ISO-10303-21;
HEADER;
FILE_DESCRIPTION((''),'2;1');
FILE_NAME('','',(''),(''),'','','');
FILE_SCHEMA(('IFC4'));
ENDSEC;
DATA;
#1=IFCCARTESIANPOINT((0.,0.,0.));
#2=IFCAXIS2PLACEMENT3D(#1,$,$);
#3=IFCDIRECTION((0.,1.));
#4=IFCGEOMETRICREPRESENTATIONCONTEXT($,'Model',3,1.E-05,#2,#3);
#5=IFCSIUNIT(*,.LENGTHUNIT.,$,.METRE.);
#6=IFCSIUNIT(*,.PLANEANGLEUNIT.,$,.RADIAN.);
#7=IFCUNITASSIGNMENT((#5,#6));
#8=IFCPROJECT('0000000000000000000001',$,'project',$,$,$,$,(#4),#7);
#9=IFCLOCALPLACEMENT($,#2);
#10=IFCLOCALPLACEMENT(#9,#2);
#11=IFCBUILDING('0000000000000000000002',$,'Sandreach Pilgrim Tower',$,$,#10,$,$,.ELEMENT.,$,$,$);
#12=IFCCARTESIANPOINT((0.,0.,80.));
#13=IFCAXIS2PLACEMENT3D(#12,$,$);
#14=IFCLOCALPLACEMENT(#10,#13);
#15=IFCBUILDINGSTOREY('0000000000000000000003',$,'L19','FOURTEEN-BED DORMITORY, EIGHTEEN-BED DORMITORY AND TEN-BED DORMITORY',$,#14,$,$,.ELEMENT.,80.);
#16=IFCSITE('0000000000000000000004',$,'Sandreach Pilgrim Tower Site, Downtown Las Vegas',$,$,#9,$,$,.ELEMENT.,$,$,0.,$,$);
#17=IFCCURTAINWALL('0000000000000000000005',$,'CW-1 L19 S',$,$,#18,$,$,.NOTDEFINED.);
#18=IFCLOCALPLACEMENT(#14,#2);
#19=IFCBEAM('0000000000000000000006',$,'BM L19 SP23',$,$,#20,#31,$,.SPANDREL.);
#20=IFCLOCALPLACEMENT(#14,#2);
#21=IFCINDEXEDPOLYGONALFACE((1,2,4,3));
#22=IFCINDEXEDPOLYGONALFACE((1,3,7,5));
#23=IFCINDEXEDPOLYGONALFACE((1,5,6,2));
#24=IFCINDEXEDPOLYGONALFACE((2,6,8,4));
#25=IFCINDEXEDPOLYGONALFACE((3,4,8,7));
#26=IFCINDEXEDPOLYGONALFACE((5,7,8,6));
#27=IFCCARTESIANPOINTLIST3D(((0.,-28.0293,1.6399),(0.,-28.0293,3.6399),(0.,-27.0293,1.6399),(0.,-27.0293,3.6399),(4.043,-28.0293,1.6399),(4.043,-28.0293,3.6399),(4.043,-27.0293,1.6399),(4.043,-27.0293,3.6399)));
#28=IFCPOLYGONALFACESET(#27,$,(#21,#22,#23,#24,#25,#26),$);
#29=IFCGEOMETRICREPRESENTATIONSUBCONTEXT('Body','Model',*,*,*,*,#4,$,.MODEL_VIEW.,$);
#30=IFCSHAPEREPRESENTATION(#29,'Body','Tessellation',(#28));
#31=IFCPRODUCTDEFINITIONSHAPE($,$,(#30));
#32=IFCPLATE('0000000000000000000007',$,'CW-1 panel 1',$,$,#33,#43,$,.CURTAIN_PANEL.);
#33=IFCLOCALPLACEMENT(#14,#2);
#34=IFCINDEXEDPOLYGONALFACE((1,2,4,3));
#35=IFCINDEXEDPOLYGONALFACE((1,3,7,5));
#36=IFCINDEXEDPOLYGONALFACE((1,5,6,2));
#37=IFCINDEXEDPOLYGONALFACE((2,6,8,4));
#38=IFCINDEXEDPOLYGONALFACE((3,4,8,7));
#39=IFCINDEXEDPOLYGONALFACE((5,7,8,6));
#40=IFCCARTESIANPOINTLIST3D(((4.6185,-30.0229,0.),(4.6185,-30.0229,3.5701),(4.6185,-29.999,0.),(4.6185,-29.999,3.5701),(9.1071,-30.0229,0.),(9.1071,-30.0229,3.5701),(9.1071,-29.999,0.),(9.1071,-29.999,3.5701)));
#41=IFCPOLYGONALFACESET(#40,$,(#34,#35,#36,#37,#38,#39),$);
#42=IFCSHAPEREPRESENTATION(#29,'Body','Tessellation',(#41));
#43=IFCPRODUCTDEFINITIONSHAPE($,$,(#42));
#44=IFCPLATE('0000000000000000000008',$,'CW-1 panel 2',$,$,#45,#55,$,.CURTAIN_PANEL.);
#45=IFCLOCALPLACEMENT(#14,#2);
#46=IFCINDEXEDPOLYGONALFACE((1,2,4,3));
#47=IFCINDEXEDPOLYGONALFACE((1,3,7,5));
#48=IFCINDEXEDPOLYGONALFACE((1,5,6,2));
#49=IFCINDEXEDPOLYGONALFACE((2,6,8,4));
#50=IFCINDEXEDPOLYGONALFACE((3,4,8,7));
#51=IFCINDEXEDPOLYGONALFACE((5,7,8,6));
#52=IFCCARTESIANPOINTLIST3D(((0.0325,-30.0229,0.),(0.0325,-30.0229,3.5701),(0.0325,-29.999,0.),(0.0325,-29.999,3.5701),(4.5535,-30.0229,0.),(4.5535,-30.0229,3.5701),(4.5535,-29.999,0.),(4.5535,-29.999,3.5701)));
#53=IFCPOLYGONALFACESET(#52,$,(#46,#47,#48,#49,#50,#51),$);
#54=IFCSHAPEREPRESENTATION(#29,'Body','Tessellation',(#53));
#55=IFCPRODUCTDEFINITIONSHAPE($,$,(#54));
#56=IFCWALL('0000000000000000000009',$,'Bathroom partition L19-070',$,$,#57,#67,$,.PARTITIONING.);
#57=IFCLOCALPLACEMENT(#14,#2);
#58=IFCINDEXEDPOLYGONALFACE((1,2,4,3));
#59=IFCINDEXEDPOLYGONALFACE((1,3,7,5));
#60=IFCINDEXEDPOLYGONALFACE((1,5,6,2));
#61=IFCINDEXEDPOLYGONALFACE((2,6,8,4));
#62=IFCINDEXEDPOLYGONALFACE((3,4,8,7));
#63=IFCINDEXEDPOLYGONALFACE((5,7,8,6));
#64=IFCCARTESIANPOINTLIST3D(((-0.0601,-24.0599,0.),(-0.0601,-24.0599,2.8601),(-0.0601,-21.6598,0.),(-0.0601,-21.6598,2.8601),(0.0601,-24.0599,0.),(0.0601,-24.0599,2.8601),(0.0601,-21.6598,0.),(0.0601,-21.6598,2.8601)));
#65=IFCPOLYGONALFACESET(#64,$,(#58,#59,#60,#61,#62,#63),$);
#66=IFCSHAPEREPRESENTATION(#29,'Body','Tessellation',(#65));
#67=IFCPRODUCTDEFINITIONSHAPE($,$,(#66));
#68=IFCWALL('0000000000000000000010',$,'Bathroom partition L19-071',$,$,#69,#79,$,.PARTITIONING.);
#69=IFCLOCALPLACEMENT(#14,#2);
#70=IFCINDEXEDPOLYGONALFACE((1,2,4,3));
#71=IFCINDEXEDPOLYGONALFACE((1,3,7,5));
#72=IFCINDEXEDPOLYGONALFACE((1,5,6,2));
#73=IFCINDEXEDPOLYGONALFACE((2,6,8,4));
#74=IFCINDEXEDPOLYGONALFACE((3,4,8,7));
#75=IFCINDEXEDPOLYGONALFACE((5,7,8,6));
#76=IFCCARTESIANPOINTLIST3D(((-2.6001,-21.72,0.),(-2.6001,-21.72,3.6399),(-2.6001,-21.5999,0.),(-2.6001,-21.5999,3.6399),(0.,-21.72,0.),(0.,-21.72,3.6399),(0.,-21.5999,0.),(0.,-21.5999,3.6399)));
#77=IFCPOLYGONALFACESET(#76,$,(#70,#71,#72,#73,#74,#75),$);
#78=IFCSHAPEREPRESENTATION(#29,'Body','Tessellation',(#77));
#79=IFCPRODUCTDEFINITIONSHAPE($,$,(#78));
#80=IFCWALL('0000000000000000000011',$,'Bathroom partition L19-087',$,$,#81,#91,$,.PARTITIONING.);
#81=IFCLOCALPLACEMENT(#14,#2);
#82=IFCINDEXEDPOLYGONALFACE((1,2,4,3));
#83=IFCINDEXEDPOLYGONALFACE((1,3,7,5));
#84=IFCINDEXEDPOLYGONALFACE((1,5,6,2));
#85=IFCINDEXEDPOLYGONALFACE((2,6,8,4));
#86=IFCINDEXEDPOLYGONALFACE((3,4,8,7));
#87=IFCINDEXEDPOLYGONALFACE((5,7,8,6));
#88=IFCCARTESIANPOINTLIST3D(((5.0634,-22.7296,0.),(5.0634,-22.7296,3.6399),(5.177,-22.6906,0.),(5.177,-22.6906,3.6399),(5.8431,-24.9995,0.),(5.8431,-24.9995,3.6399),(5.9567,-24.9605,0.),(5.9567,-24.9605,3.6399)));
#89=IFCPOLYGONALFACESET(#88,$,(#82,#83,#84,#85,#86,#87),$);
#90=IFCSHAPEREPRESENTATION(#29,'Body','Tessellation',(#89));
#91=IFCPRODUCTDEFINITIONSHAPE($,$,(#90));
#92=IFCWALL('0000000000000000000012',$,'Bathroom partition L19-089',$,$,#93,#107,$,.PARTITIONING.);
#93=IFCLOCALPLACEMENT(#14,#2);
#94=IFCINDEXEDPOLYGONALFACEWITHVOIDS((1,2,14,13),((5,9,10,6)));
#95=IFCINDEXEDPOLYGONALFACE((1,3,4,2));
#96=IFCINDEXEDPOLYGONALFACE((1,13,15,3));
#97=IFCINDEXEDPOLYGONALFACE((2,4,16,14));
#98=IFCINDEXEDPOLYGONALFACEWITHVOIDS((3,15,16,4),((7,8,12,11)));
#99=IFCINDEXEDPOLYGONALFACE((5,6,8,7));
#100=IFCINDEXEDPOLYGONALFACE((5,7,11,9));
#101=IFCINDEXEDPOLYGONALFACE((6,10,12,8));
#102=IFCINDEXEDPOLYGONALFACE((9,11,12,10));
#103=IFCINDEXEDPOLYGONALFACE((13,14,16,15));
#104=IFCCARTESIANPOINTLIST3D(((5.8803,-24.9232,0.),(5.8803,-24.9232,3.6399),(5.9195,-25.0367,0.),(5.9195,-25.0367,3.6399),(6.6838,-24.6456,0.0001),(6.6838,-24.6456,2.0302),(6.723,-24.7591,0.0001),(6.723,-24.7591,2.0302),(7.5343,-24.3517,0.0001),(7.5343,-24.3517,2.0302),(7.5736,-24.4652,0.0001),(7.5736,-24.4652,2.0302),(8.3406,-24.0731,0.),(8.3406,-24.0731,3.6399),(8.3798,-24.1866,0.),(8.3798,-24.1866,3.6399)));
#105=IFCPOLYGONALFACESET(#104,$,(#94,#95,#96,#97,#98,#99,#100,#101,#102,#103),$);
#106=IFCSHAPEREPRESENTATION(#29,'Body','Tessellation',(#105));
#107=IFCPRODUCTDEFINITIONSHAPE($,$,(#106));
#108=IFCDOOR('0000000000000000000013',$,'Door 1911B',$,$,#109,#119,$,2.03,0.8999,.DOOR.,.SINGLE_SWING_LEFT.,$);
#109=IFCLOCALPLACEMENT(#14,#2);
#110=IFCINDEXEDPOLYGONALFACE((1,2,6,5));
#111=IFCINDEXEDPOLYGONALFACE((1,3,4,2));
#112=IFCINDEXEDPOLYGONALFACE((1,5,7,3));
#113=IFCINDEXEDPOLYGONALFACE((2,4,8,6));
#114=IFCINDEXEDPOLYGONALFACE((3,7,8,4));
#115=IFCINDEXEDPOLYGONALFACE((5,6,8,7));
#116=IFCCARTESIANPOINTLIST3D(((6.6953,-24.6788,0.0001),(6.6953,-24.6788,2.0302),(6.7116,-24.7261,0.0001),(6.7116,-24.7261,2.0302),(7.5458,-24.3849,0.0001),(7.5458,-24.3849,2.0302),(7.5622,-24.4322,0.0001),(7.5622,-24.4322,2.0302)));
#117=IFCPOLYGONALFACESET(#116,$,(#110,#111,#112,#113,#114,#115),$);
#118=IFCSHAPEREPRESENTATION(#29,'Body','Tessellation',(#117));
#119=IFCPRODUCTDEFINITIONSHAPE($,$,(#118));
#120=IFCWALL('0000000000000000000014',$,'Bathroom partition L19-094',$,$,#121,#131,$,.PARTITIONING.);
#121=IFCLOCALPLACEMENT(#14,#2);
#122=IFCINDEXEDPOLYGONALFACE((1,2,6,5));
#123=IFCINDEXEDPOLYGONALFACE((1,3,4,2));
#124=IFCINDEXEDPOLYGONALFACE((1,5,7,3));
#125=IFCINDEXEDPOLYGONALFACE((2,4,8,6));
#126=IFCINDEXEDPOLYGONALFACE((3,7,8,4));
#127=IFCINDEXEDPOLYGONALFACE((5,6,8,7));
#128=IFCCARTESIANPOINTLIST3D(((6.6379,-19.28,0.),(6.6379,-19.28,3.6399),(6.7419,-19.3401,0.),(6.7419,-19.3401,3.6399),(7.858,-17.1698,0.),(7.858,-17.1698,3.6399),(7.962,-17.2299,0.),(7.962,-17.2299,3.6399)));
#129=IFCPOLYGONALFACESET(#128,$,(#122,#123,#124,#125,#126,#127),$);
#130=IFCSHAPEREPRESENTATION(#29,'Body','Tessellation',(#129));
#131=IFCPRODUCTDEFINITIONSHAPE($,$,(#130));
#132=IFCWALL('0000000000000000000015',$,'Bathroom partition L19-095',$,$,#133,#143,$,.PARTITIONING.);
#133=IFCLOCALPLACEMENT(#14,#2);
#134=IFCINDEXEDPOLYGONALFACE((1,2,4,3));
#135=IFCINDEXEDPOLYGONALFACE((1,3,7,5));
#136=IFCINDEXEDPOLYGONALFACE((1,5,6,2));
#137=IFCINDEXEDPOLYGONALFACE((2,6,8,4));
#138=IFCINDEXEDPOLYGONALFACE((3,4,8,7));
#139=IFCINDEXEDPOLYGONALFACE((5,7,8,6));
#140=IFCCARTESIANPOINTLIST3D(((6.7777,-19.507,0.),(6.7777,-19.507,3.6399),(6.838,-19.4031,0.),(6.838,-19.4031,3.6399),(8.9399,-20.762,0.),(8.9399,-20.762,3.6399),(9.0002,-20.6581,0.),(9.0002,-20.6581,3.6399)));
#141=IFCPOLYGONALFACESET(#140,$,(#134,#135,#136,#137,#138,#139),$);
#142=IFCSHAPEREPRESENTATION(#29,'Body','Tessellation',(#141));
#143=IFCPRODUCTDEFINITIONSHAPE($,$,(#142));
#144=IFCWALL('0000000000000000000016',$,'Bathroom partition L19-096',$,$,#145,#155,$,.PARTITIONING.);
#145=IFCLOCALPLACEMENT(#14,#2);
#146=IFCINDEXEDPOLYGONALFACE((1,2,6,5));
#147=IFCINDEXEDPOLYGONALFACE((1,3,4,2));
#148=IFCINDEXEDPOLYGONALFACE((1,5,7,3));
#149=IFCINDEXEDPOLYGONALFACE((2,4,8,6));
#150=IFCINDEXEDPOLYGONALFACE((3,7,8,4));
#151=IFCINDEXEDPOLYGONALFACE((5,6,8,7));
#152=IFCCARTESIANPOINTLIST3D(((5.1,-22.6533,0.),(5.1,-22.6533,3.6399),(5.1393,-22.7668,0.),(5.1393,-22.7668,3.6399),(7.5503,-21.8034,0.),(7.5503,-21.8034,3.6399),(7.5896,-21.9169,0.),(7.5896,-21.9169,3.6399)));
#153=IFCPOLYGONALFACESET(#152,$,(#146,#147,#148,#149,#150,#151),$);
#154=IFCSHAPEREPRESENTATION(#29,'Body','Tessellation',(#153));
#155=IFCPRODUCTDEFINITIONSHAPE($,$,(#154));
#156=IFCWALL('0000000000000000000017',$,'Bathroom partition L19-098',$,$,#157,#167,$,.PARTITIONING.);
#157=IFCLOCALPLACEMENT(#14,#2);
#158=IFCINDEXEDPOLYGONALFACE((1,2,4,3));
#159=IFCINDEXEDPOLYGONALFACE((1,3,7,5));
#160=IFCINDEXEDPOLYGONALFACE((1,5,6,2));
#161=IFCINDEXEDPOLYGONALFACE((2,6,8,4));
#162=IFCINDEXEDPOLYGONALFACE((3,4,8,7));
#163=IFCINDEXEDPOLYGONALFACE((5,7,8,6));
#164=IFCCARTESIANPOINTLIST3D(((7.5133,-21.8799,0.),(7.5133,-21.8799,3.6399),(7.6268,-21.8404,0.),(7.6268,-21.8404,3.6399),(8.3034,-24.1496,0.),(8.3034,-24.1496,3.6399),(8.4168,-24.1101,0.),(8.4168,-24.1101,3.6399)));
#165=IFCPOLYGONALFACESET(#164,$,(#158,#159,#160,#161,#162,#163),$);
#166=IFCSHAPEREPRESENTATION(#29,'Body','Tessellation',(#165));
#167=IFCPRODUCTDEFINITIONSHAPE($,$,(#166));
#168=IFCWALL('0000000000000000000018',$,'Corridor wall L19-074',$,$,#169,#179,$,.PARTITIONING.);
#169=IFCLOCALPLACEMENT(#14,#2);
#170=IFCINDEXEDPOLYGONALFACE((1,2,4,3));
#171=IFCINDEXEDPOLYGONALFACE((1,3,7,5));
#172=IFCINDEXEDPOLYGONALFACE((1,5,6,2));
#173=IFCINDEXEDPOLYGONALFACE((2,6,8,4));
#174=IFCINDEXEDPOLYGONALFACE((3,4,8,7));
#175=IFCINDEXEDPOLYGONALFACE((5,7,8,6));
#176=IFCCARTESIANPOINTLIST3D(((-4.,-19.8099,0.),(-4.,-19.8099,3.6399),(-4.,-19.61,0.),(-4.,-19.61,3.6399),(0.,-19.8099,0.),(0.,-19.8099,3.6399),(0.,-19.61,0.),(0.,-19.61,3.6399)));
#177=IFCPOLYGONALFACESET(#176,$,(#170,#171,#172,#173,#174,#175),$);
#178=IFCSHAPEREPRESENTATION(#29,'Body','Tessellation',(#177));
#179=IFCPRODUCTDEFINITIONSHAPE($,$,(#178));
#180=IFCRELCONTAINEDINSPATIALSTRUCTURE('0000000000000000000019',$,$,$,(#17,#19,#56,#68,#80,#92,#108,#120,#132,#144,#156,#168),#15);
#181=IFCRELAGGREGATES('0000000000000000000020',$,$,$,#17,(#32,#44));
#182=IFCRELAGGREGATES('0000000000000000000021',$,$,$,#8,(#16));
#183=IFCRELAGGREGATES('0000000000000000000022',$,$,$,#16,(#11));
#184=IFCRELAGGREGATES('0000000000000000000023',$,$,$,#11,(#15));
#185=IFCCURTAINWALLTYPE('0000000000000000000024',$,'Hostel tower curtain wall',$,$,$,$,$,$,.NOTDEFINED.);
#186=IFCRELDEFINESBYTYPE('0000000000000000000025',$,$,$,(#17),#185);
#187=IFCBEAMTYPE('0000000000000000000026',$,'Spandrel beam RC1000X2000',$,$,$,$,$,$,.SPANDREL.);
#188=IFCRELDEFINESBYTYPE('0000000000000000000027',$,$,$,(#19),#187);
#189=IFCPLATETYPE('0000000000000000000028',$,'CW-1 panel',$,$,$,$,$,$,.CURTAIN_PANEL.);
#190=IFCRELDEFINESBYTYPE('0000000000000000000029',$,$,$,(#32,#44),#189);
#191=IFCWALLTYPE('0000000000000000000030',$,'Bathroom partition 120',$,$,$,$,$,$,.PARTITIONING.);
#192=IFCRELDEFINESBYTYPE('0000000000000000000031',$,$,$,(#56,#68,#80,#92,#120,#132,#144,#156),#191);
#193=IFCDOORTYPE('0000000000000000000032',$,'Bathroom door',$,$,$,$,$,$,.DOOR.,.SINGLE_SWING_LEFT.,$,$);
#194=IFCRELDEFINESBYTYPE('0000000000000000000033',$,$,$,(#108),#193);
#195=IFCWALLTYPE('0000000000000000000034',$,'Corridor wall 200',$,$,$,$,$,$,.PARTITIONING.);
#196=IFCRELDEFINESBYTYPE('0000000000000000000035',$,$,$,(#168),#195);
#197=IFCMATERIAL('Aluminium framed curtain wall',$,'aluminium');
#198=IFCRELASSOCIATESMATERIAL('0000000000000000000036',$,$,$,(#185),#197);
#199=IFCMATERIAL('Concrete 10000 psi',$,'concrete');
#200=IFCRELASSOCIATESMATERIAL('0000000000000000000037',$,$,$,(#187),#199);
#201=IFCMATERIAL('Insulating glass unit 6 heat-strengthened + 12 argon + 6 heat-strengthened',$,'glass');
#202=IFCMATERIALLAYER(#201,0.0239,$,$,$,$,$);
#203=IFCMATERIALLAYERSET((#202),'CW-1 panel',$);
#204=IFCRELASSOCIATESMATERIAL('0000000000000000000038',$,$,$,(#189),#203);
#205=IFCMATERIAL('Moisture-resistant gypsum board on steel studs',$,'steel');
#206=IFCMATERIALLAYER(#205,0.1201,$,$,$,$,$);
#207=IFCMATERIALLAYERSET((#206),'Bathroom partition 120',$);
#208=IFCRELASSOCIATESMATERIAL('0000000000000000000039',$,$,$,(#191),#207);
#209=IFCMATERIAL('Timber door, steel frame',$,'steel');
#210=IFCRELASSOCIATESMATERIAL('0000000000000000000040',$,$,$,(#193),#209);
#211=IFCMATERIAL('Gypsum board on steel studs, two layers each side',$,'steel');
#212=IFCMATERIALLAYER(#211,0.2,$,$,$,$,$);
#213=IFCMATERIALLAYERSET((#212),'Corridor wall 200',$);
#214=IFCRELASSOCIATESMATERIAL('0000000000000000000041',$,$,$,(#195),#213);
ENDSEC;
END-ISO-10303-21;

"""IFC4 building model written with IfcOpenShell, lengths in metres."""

from ifc_helpers import new_model, si_unit, direction, frame, frame_2d, origin, origin_2d, place, context, subcontext, project, spatial, rectangle, extrude, material, layer, layer_set, material_profile, profile_set, type_object, element, fill, aggregate, save


model = new_model("IFC4")

# Units and contexts
model_context = context("Model", 3, precision=1e-05, world=origin(), true_north=direction((0.0, 1.0)))
body_context = subcontext(model_context, "Body", "Model", "MODEL_VIEW")
ifc_project = project(units=[si_unit("LENGTHUNIT", "METRE"), si_unit("PLANEANGLEUNIT", "RADIAN")], contexts=[model_context])

# Site, building, storey
site_placement = place(None, origin())
site = spatial("IfcSite", under=ifc_project, at=site_placement, Name="Sandreach Pilgrim Tower Site, Downtown Las Vegas", CompositionType="ELEMENT", RefElevation=0.0)
building_placement = place(site_placement, origin())
building = spatial("IfcBuilding", under=site, at=building_placement, Name="Sandreach Pilgrim Tower", CompositionType="ELEMENT")
storey_placement = place(building_placement, frame((0.0, 0.0, 80.0)))
storey = spatial("IfcBuildingStorey", under=building, at=storey_placement, Name="L19", Description="FOURTEEN-BED DORMITORY, EIGHTEEN-BED DORMITORY AND TEN-BED DORMITORY", CompositionType="ELEMENT", Elevation=80.0)

# Curtain wall
ifc_material_1 = material(Name="Aluminium framed curtain wall", Category="aluminium")
curtain_wall_type = type_object("IfcCurtainWallType", Name="Hostel tower curtain wall", PredefinedType="NOTDEFINED", material=ifc_material_1)
curtain_wall_placement = place(storey_placement, origin())
curtain_wall = element("IfcCurtainWall", 1, at=curtain_wall_placement, inside=storey, type_object=curtain_wall_type, Name="CW-1 L19 S", PredefinedType="NOTDEFINED")

# Beam
ifc_material_2 = material(Name="Concrete 10000 psi", Category="concrete")
ifc_material_profile_1 = material_profile(ifc_material_2, rectangle(XDim=1.0, YDim=2.0, at=origin_2d()), Name="RC1000X2000")
ifc_profile_set_1 = profile_set([ifc_material_profile_1], Name="Concrete 10000 psi")
beam_type_1 = type_object("IfcBeamType", Name="Spandrel beam RC1000X2000", PredefinedType="SPANDREL", material=ifc_profile_set_1)
beam_1_placement = place(storey_placement, frame((4.043, -27.5293, 2.6399), z_axis=(-1.0, 0.0, 0.0), x_axis=(0.0, -1.0, 0.0)))
element("IfcBeam", 2, at=beam_1_placement, inside=storey, type_object=beam_type_1, Name="BM L19 SP23", PredefinedType="SPANDREL", context=body_context, shape_type="SweptSolid", body=[
    extrude(rectangle(XDim=1.0, YDim=2.0, at=origin_2d()), origin(), (0.0, 0.0, 1.0), 4.043),
])

# Plates
ifc_material_3 = material(Name="Insulating glass unit 6 heat-strengthened + 12 argon + 6 heat-strengthened", Category="glass")
ifc_layer_1 = layer(ifc_material_3, 0.0239)
ifc_layer_set_1 = layer_set([ifc_layer_1], Name="CW-1 panel")
plate_type = type_object("IfcPlateType", Name="CW-1 panel", PredefinedType="CURTAIN_PANEL", material=ifc_layer_set_1)
plate_1_placement = place(storey_placement, frame((6.8628, -30.011, 0.0), z_axis=(0.0, 0.0, 1.0), x_axis=(-1.0, 0.0, 0.0)))
plate_1 = element("IfcPlate", 3, at=plate_1_placement, type_object=plate_type, Name="CW-1 panel 1", PredefinedType="CURTAIN_PANEL", context=body_context, shape_type="SweptSolid", body=[
    extrude(rectangle(XDim=4.4885, YDim=0.0239, at=origin_2d()), origin(), (0.0, 0.0, 1.0), 3.5701),
])
plate_2_placement = place(storey_placement, frame((2.293, -30.011, 0.0), z_axis=(0.0, 0.0, 1.0), x_axis=(-1.0, 0.0, 0.0)))
plate_2 = element("IfcPlate", 4, at=plate_2_placement, type_object=plate_type, Name="CW-1 panel 2", PredefinedType="CURTAIN_PANEL", context=body_context, shape_type="SweptSolid", body=[
    extrude(rectangle(XDim=4.521, YDim=0.0239, at=origin_2d()), origin(), (0.0, 0.0, 1.0), 3.5701),
])
aggregate(curtain_wall, [plate_1, plate_2])

# Walls
ifc_material_4 = material(Name="Moisture-resistant gypsum board on steel studs", Category="steel")
ifc_layer_2 = layer(ifc_material_4, 0.1201)
ifc_layer_set_2 = layer_set([ifc_layer_2], Name="Bathroom partition 120")
wall_type_1 = type_object("IfcWallType", Name="Bathroom partition 120", PredefinedType="PARTITIONING", material=ifc_layer_set_2)
wall_1_placement = place(storey_placement, frame((0.0, -24.0601, 0.0), z_axis=(0.0, 0.0, 1.0), x_axis=(0.0, 1.0, 0.0)))
element("IfcWall", 5, at=wall_1_placement, inside=storey, type_object=wall_type_1, Name="Bathroom partition L19-070", PredefinedType="PARTITIONING", context=body_context, shape_type="SweptSolid", body=[
    extrude(rectangle(XDim=2.4001, YDim=0.1201, at=frame_2d((1.2002, 0.0))), origin(), (0.0, 0.0, 1.0), 2.8601),
])
wall_2_placement = place(storey_placement, frame((0.0, -21.6599, 0.0), z_axis=(0.0, 0.0, 1.0), x_axis=(-1.0, 0.0, 0.0)))
element("IfcWall", 6, at=wall_2_placement, inside=storey, type_object=wall_type_1, Name="Bathroom partition L19-071", PredefinedType="PARTITIONING", context=body_context, shape_type="SweptSolid", body=[
    extrude(rectangle(XDim=2.6001, YDim=0.1201, at=frame_2d((1.3, 0.0))), origin(), (0.0, 0.0, 1.0), 3.6399),
])
wall_3_placement = place(storey_placement, frame((5.1201, -22.71, 0.0), z_axis=(0.0, 0.0, 1.0), x_axis=(0.324881, -0.945755, 0.0)))
element("IfcWall", 7, at=wall_3_placement, inside=storey, type_object=wall_type_1, Name="Bathroom partition L19-087", PredefinedType="PARTITIONING", context=body_context, shape_type="SweptSolid", body=[
    extrude(rectangle(XDim=2.4001, YDim=0.1201, at=frame_2d((1.2002, 0.0))), origin(), (0.0, 0.0, 1.0), 3.6399),
])

# Wall, opening, door
wall_4_placement = place(storey_placement, frame((5.8999, -24.98, 0.0), z_axis=(0.0, 0.0, 1.0), x_axis=(0.945165, 0.326592, 0.0)))
wall_4 = element("IfcWall", 8, at=wall_4_placement, inside=storey, type_object=wall_type_1, Name="Bathroom partition L19-089", PredefinedType="PARTITIONING", context=body_context, shape_type="SweptSolid", body=[
    extrude(rectangle(XDim=2.603, YDim=0.1201, at=frame_2d((1.3015, 0.0))), origin(), (0.0, 0.0, 1.0), 3.6399),
])
opening_1_placement = place(wall_4_placement, frame((0.8501, 0.0, 0.0)))
opening_1 = element("IfcOpeningElement", 9, at=opening_1_placement, cuts=wall_4, PredefinedType="OPENING", context=body_context, shape_type="SweptSolid", body=[
    extrude(rectangle(XDim=0.8999, YDim=2.03, at=frame_2d((0.45, 1.0151))), frame((0.0, 0.0601, 0.0), z_axis=(0.0, -1.0, 0.0), x_axis=(1.0, 0.0, 0.0)), (0.0, 0.0, 1.0), 0.1201),
])
ifc_material_5 = material(Name="Timber door, steel frame", Category="steel")
door_type_1 = type_object("IfcDoorType", Name="Bathroom door", OperationType="SINGLE_SWING_LEFT", PredefinedType="DOOR", material=ifc_material_5)
door_1_placement = place(opening_1_placement, origin())
door_1 = element("IfcDoor", 10, at=door_1_placement, inside=storey, type_object=door_type_1, Name="Door 1911B", OperationType="SINGLE_SWING_LEFT", OverallHeight=2.03, OverallWidth=0.8999, PredefinedType="DOOR", context=body_context, shape_type="SweptSolid", body=[
    extrude(rectangle(XDim=0.8999, YDim=2.03, at=frame_2d((0.45, 1.0151))), frame((0.0, 0.0249, 0.0), z_axis=(0.0, -1.0, 0.0), x_axis=(1.0, 0.0, 0.0)), (0.0, 0.0, 1.0), 0.05),
])
fill(opening_1, door_1)

# Walls
wall_5_placement = place(storey_placement, frame((6.6899, -19.3101, 0.0), z_axis=(0.0, 0.0, 1.0), x_axis=(0.500523, 0.865723, 0.0)))
element("IfcWall", 11, at=wall_5_placement, inside=storey, type_object=wall_type_1, Name="Bathroom partition L19-094", PredefinedType="PARTITIONING", context=body_context, shape_type="SweptSolid", body=[
    extrude(rectangle(XDim=2.4375, YDim=0.1201, at=frame_2d((1.2188, 0.0))), origin(), (0.0, 0.0, 1.0), 3.6399),
])
wall_6_placement = place(storey_placement, frame((6.8079, -19.4551, 0.0), z_axis=(0.0, 0.0, 1.0), x_axis=(0.864882, -0.501975, 0.0)))
element("IfcWall", 12, at=wall_6_placement, inside=storey, type_object=wall_type_1, Name="Bathroom partition L19-095", PredefinedType="PARTITIONING", context=body_context, shape_type="SweptSolid", body=[
    extrude(rectangle(XDim=2.5, YDim=0.1201, at=frame_2d((1.25, 0.0))), origin(), (0.0, 0.0, 1.0), 3.6399),
])
wall_7_placement = place(storey_placement, frame((7.5701, -21.8601, 0.0), z_axis=(0.0, 0.0, 1.0), x_axis=(-0.944782, -0.327699, 0.0)))
element("IfcWall", 13, at=wall_7_placement, inside=storey, type_object=wall_type_1, Name="Bathroom partition L19-096", PredefinedType="PARTITIONING", context=body_context, shape_type="SweptSolid", body=[
    extrude(rectangle(XDim=2.5935, YDim=0.1201, at=frame_2d((1.2969, 0.0))), origin(), (0.0, 0.0, 1.0), 3.6399),
])
wall_8_placement = place(storey_placement, frame((7.5701, -21.8601, 0.0), z_axis=(0.0, 0.0, 1.0), x_axis=(0.328725, -0.944426, 0.0)))
element("IfcWall", 14, at=wall_8_placement, inside=storey, type_object=wall_type_1, Name="Bathroom partition L19-098", PredefinedType="PARTITIONING", context=body_context, shape_type="SweptSolid", body=[
    extrude(rectangle(XDim=2.4033, YDim=0.1201, at=frame_2d((1.2017, 0.0))), origin(), (0.0, 0.0, 1.0), 3.6399),
])

# Shared definitions
ifc_material_6 = material(Name="Gypsum board on steel studs, two layers each side", Category="steel")
ifc_layer_3 = layer(ifc_material_6, 0.2)
ifc_layer_set_3 = layer_set([ifc_layer_3], Name="Corridor wall 200")
wall_type_2 = type_object("IfcWallType", Name="Corridor wall 200", PredefinedType="PARTITIONING", material=ifc_layer_set_3)

# Wall
wall_9_placement = place(storey_placement, frame((0.0, -19.71, 0.0), z_axis=(0.0, 0.0, 1.0), x_axis=(-1.0, 0.0, 0.0)))
element("IfcWall", 15, at=wall_9_placement, inside=storey, type_object=wall_type_2, Name="Corridor wall L19-074", PredefinedType="PARTITIONING", context=body_context, shape_type="SweptSolid", body=[
    extrude(rectangle(XDim=4.0, YDim=0.2, at=frame_2d((2.0, 0.0))), origin(), (0.0, 0.0, 1.0), 3.6399),
])

save(model, "model.ifc")
